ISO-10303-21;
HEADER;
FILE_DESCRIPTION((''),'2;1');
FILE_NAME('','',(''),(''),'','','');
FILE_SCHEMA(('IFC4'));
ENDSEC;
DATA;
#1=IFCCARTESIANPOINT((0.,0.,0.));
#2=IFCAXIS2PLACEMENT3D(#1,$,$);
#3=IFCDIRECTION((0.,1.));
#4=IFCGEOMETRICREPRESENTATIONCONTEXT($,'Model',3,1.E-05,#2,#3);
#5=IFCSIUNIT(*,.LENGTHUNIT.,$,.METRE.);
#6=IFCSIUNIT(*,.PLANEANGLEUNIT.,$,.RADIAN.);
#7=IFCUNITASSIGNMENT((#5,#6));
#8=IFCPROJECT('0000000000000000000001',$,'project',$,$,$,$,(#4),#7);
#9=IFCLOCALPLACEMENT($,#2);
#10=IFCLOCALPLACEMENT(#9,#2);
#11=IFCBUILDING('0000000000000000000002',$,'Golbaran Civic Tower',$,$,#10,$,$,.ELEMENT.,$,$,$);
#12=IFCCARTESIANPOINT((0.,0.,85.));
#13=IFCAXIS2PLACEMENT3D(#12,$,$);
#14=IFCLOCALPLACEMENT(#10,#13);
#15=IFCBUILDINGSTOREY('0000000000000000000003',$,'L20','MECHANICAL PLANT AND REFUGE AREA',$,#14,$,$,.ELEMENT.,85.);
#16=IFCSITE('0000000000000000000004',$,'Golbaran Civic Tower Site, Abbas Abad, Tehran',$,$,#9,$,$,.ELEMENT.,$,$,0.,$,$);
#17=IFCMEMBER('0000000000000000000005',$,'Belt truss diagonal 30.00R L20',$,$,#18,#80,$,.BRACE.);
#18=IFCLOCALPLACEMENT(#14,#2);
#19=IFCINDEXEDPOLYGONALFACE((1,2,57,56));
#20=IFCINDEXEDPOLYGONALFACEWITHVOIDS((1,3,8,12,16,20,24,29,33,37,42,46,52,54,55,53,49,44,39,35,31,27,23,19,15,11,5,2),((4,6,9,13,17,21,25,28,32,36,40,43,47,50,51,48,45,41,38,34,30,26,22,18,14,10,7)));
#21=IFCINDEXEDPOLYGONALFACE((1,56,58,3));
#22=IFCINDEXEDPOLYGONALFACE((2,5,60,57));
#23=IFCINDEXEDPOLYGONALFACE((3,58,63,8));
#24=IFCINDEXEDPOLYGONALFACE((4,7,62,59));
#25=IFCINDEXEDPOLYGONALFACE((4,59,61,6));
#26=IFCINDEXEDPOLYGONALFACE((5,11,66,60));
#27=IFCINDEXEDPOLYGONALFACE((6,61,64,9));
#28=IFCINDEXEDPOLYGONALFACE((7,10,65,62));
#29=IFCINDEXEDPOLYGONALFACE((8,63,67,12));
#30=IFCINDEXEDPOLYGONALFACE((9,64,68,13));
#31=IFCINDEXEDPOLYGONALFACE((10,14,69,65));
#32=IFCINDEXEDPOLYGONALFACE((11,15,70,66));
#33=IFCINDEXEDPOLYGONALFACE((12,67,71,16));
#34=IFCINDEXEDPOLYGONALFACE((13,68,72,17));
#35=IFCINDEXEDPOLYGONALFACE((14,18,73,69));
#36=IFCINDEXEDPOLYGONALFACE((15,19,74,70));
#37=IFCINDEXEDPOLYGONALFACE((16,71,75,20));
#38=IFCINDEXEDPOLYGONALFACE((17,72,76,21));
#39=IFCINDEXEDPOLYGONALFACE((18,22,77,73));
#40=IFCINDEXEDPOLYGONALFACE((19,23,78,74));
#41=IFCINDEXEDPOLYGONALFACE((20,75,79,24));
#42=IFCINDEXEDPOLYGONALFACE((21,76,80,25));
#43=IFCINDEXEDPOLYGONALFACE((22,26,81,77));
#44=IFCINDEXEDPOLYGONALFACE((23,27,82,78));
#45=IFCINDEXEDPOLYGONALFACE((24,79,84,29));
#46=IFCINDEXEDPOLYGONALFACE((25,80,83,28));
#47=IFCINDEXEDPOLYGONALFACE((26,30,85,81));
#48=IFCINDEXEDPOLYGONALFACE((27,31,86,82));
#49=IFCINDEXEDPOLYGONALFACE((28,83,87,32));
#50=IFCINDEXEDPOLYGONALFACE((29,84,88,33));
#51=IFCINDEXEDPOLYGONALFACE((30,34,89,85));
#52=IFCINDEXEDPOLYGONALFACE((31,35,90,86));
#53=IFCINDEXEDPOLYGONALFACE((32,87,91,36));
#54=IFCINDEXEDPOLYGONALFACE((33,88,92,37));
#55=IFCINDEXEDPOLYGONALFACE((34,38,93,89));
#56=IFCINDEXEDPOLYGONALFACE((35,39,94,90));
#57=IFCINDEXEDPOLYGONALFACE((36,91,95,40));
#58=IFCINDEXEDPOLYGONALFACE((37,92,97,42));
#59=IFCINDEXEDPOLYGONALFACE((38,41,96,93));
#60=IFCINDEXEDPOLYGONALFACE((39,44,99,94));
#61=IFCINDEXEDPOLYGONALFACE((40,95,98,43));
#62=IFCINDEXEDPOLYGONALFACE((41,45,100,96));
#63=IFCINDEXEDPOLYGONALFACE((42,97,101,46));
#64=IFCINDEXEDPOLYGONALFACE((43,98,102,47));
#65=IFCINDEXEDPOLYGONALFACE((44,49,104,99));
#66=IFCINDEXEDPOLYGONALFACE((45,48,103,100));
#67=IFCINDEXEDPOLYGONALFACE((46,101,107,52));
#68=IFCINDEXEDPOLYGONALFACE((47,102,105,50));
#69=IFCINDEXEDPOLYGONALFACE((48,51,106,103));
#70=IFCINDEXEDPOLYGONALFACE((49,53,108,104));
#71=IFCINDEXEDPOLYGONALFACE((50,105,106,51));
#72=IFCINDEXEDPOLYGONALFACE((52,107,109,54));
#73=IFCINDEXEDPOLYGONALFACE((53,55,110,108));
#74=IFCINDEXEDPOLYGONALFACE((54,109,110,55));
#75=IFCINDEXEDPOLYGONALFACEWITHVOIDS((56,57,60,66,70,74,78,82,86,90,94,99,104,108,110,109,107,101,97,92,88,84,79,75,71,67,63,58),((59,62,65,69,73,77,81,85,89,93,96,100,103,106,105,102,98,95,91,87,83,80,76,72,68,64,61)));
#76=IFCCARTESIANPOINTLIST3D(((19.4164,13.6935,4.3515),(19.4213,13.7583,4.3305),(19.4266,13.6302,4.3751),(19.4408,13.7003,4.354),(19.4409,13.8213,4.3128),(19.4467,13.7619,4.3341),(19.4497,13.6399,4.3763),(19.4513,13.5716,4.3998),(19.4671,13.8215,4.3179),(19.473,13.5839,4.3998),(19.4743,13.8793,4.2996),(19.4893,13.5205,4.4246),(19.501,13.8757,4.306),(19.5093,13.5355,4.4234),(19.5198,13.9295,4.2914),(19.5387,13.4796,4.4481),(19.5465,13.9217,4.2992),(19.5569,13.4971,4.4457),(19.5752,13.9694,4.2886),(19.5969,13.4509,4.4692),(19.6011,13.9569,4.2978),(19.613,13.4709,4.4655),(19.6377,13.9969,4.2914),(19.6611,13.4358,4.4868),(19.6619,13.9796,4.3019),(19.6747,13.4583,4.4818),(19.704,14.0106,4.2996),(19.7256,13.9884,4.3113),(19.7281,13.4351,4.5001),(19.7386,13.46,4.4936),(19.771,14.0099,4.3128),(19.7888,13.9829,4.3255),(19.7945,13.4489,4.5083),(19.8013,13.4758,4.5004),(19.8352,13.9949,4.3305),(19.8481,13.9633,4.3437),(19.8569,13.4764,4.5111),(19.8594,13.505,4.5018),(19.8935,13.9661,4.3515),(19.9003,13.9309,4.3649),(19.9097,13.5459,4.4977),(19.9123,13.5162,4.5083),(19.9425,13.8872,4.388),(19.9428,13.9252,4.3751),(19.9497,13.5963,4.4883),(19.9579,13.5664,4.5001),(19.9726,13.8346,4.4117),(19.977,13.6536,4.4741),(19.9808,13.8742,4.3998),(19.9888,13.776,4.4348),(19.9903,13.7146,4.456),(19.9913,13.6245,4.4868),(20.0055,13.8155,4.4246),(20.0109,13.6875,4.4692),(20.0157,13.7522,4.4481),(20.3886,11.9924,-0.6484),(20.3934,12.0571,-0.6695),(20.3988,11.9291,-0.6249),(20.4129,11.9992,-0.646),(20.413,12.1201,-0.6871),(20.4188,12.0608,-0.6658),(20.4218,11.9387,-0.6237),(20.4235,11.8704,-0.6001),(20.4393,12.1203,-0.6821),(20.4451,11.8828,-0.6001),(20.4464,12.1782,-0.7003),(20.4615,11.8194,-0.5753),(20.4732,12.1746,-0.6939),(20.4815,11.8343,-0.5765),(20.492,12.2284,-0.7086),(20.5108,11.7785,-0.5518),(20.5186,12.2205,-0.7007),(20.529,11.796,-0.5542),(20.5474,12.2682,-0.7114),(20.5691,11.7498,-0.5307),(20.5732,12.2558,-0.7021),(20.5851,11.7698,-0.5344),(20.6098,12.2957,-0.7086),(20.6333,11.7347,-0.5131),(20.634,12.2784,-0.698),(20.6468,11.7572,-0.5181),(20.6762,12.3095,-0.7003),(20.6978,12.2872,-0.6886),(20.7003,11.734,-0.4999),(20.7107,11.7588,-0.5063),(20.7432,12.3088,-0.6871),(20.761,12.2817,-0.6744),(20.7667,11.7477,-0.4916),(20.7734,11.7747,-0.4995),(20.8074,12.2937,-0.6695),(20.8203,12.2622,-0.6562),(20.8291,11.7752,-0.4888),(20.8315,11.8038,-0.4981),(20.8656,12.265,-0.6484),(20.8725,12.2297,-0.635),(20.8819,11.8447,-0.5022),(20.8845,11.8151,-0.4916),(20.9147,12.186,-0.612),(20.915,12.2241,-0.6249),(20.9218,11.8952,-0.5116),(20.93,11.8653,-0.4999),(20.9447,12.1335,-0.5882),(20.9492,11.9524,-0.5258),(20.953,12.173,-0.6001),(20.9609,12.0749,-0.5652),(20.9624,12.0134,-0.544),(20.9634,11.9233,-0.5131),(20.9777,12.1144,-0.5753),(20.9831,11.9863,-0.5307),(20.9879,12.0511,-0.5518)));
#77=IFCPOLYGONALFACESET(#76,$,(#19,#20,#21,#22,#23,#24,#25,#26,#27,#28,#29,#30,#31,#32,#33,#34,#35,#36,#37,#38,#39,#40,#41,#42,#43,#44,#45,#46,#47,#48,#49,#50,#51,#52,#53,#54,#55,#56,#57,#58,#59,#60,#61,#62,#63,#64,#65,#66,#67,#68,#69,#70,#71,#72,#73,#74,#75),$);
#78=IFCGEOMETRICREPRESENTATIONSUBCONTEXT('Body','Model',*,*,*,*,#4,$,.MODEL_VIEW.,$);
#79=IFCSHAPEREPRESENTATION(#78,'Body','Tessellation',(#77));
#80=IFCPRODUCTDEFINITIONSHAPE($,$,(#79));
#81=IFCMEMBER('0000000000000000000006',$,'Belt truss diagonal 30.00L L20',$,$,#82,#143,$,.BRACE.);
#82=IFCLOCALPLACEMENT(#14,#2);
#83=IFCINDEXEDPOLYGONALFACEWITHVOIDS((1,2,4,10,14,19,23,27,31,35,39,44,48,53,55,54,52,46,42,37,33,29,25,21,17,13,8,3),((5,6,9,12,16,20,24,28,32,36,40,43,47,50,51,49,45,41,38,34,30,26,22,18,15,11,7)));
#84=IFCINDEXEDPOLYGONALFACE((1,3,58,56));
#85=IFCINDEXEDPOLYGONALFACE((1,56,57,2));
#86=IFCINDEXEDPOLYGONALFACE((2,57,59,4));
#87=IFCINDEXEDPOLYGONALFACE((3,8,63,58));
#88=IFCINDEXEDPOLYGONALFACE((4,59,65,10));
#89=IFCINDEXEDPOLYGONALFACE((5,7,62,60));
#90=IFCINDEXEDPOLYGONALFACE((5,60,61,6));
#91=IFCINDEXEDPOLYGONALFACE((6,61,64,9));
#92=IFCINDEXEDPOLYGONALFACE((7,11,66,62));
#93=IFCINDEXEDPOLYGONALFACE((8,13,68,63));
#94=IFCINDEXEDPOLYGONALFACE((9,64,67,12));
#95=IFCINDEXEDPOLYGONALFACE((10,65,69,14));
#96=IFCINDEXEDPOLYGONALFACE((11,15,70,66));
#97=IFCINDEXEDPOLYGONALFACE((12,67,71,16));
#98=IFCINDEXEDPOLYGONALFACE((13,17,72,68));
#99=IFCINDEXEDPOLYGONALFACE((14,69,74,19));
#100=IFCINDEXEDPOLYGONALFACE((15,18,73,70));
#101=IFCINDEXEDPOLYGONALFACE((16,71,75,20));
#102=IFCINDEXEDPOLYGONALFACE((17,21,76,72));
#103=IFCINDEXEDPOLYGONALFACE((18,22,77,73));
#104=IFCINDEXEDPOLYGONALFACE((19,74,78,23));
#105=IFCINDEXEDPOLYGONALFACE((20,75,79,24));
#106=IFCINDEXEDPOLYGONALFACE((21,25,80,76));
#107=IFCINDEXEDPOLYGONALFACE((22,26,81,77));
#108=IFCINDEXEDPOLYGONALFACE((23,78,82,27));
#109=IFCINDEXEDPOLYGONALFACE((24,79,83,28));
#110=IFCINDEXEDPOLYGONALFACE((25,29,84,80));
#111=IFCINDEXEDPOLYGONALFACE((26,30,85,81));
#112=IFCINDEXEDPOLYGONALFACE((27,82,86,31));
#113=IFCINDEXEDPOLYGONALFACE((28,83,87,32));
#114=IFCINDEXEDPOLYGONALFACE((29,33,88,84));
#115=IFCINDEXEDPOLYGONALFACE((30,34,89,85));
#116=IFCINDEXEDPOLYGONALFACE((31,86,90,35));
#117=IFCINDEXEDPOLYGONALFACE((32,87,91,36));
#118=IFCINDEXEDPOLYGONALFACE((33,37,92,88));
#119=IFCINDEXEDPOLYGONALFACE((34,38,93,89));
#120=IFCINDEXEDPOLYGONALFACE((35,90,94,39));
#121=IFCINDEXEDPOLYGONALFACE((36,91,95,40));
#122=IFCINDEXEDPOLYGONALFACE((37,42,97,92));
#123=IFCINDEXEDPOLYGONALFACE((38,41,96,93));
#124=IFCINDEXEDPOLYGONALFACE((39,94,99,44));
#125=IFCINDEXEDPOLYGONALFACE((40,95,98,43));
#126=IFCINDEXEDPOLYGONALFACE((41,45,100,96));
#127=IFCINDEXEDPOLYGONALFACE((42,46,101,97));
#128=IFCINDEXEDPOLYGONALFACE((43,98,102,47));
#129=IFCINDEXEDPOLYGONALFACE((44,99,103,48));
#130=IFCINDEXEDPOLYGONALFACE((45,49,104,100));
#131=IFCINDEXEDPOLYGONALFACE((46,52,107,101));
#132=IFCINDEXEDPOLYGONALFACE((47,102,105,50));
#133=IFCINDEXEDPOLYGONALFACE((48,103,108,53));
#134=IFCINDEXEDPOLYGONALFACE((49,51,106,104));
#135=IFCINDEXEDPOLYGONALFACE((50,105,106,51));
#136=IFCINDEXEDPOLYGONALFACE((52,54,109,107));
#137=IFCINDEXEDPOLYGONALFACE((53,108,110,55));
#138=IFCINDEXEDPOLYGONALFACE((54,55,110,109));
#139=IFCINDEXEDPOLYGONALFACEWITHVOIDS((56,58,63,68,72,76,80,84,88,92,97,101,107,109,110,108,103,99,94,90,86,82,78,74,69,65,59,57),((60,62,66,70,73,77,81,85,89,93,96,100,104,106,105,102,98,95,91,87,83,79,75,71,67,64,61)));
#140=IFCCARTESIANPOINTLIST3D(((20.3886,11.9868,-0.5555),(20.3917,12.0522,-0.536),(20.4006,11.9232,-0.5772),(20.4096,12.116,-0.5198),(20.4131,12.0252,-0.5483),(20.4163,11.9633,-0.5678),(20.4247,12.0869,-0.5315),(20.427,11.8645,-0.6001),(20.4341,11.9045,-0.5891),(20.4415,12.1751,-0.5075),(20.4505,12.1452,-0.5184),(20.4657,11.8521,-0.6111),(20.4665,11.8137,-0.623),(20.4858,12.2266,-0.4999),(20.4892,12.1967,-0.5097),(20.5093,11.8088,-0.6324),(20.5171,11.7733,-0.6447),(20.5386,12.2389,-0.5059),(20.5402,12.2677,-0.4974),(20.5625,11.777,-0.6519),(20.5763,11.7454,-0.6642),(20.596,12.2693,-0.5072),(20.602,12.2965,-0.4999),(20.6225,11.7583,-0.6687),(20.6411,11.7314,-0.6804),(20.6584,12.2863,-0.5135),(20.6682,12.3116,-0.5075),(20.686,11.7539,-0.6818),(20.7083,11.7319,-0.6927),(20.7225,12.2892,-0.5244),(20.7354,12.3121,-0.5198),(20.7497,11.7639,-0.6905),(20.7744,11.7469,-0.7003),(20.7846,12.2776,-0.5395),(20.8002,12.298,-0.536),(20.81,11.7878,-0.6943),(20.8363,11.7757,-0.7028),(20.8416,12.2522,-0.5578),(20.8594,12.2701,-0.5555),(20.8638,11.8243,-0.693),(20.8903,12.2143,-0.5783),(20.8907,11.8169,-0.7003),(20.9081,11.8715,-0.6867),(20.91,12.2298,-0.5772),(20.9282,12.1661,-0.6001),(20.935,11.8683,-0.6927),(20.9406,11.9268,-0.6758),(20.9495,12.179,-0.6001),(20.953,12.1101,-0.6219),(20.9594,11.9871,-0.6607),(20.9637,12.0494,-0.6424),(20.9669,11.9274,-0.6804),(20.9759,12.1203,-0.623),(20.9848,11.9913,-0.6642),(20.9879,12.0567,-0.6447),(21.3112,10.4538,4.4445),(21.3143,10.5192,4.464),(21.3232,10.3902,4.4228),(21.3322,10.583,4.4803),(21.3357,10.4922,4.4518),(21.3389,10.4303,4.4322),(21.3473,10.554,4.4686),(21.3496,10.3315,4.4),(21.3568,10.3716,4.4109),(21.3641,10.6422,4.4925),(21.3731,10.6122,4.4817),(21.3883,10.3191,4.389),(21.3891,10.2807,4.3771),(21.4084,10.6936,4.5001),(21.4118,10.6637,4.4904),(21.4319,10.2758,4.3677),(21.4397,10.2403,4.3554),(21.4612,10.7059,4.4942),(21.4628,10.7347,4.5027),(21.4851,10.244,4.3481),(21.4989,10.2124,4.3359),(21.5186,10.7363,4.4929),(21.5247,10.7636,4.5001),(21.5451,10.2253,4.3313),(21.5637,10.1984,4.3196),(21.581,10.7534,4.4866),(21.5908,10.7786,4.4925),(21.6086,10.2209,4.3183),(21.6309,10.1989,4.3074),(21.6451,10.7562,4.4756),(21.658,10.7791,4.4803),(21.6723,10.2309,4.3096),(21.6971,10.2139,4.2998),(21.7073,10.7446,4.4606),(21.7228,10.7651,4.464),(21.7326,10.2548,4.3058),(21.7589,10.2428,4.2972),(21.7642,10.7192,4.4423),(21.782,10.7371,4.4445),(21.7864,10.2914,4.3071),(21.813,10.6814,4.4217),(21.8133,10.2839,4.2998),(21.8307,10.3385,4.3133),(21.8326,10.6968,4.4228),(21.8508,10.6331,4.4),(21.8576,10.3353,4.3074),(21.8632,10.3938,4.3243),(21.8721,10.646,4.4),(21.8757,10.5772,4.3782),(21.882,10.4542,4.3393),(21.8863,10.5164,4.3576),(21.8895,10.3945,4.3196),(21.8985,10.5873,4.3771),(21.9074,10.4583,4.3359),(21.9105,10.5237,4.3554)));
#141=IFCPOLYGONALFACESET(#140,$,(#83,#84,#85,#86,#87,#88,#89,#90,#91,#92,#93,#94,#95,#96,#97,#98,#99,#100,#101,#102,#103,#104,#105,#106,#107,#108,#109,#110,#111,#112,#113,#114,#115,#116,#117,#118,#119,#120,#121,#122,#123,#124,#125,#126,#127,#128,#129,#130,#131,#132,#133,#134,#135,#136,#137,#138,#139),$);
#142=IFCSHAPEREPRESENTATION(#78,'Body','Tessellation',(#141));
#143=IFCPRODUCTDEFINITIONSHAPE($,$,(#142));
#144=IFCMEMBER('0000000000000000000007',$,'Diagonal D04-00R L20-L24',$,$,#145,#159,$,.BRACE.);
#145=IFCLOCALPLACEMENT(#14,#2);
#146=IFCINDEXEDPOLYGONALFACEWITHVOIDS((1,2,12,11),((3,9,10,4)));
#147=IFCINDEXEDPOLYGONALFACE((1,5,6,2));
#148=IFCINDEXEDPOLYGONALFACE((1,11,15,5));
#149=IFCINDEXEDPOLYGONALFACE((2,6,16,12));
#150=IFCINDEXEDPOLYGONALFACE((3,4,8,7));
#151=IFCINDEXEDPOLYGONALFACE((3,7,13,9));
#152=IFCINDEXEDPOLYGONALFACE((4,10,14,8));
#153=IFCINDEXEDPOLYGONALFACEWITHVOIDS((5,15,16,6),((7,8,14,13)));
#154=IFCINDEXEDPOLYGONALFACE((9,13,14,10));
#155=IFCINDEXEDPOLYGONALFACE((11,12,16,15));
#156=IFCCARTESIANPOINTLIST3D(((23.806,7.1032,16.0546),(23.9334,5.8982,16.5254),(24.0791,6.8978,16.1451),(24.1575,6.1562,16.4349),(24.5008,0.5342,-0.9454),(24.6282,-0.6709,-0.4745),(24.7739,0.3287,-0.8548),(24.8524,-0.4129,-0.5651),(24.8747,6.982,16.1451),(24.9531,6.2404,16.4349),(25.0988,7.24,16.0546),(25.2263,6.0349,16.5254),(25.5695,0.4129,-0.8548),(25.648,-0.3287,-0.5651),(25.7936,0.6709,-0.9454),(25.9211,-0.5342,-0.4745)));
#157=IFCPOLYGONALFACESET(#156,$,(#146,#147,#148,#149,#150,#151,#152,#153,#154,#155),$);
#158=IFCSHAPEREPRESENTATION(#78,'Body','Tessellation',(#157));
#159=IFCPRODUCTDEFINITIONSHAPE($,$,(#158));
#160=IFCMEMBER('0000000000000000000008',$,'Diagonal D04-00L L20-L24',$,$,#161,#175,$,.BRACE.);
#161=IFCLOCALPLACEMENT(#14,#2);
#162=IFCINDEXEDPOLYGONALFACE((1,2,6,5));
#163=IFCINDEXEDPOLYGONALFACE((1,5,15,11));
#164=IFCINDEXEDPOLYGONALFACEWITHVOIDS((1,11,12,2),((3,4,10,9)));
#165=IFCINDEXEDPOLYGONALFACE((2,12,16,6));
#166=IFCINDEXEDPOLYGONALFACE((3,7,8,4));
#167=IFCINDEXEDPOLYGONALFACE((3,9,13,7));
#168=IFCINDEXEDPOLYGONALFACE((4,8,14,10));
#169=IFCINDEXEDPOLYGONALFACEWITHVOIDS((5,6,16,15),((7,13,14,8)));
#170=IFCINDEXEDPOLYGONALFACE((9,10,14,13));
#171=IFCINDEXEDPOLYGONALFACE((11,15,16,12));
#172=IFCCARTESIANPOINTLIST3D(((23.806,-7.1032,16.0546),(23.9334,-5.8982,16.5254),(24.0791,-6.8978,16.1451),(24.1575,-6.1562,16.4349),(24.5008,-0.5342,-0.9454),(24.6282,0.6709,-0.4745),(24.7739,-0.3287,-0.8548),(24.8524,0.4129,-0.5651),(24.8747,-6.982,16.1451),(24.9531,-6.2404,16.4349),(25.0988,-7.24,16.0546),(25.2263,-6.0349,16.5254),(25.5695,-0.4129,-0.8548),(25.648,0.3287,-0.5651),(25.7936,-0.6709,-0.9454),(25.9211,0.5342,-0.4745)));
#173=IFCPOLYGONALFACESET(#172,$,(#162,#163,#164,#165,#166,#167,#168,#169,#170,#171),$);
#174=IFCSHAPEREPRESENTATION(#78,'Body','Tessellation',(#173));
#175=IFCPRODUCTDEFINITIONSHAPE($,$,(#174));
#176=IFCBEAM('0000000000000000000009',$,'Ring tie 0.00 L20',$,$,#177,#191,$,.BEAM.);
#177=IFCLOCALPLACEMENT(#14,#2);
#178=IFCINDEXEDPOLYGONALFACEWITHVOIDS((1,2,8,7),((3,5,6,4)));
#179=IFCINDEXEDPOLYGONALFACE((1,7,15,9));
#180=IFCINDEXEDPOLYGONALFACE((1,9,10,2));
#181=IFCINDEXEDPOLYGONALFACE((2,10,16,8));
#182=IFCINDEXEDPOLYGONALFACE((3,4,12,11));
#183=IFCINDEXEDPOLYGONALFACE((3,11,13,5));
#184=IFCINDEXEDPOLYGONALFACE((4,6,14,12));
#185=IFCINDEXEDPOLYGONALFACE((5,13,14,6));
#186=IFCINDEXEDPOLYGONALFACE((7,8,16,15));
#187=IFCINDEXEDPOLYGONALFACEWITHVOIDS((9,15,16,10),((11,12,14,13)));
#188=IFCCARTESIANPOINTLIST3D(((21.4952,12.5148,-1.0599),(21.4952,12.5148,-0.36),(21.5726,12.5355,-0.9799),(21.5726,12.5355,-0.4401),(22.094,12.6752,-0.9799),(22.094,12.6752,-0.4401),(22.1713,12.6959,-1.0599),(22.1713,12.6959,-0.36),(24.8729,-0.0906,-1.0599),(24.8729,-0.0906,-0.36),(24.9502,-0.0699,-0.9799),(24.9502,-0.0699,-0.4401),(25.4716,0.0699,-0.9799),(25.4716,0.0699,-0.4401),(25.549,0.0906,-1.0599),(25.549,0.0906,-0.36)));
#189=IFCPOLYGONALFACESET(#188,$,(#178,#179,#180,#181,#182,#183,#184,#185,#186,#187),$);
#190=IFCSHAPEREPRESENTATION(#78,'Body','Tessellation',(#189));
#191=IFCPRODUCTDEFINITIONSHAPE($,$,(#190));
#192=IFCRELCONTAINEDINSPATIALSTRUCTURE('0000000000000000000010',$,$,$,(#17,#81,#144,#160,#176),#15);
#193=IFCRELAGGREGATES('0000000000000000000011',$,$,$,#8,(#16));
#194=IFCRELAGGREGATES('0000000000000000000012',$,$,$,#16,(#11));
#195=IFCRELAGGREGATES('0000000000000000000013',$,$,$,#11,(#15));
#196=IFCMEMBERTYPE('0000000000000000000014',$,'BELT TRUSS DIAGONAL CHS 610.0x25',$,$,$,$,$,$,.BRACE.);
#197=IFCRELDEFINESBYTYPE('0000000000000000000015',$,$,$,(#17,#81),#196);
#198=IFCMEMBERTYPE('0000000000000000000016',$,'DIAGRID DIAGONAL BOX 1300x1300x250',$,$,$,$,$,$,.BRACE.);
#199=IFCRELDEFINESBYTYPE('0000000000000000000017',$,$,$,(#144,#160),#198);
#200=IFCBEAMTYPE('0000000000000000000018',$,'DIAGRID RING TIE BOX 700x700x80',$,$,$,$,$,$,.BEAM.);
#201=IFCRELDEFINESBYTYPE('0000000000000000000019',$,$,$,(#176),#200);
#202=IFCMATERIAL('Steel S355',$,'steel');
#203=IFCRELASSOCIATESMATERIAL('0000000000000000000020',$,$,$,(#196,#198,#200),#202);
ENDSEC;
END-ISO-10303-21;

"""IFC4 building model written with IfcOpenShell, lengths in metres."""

from ifc_helpers import new_model, si_unit, direction, frame, origin, origin_2d, place, context, subcontext, project, spatial, hollow_rectangle, hollow_circle, extrude, material, material_profile, profile_set, type_object, element, save


model = new_model("IFC4")

# Units and contexts
model_context = context("Model", 3, precision=1e-05, world=origin(), true_north=direction((0.0, 1.0)))
body_context = subcontext(model_context, "Body", "Model", "MODEL_VIEW")
ifc_project = project(units=[si_unit("LENGTHUNIT", "METRE"), si_unit("PLANEANGLEUNIT", "RADIAN")], contexts=[model_context])

# Site, building, storey
site_placement = place(None, origin())
site = spatial("IfcSite", under=ifc_project, at=site_placement, Name="Golbaran Civic Tower Site, Abbas Abad, Tehran", CompositionType="ELEMENT", RefElevation=0.0)
building_placement = place(site_placement, origin())
building = spatial("IfcBuilding", under=site, at=building_placement, Name="Golbaran Civic Tower", CompositionType="ELEMENT")
storey_placement = place(building_placement, frame((0.0, 0.0, 85.0)))
storey = spatial("IfcBuildingStorey", under=building, at=storey_placement, Name="L20", Description="MECHANICAL PLANT AND REFUGE AREA", CompositionType="ELEMENT", Elevation=85.0)

# Members
ifc_material_1 = material(Name="Steel S355", Category="steel")
ifc_material_profile_1 = material_profile(ifc_material_1, hollow_circle(Radius=0.3049, WallThickness=0.0249, at=origin_2d()), Name="CHS 610.0x25")
ifc_profile_set_1 = profile_set([ifc_material_profile_1], Name="Steel S355")
member_type_1 = type_object("IfcMemberType", Name="BELT TRUSS DIAGONAL CHS 610.0x25", PredefinedType="BRACE", material=ifc_profile_set_1)
member_1_placement = place(storey_placement, frame((20.6882, 12.0217, -0.6001), z_axis=(-0.18103, 0.31678, 0.931063), x_axis=(-0.868228, -0.496166, 0.0)))
element("IfcMember", 1, at=member_1_placement, inside=storey, type_object=member_type_1, Name="Belt truss diagonal 30.00R L20", PredefinedType="BRACE", context=body_context, shape_type="SweptSolid", body=[
    extrude(hollow_circle(Radius=0.3049, WallThickness=0.0249, at=origin_2d()), origin(), (0.0, 0.0, 1.0), 5.3701),
])
member_2_placement = place(storey_placement, frame((20.6882, 12.0217, -0.6001), z_axis=(0.173733, -0.288667, 0.941535), x_axis=(0.856794, 0.515659, 0.0)))
element("IfcMember", 2, at=member_2_placement, inside=storey, type_object=member_type_1, Name="Belt truss diagonal 30.00L L20", PredefinedType="BRACE", context=body_context, shape_type="SweptSolid", body=[
    extrude(hollow_circle(Radius=0.3049, WallThickness=0.0249, at=origin_2d()), origin(), (0.0, 0.0, 1.0), 5.3105),
])
ifc_material_profile_2 = material_profile(ifc_material_1, hollow_rectangle(XDim=1.3, YDim=1.3, WallThickness=0.25, at=origin_2d()), Name="BOX 1300x1300x250")
ifc_profile_set_2 = profile_set([ifc_material_profile_2], Name="Steel S355")
member_type_2 = type_object("IfcMemberType", Name="DIAGRID DIAGONAL BOX 1300x1300x250", PredefinedType="BRACE", material=ifc_profile_set_2)
for number, where, z_axis, x_axis, name in (
    (3, (25.2109, 0.0, -0.71), (-0.038097, 0.360181, 0.932104), (-0.994453, -0.105185, 0.0), "Diagonal D04-00R L20-L24"),
    (4, (25.2109, 0.0, -0.71), (-0.038097, -0.360181, 0.932104), (0.994453, -0.105185, 0.0), "Diagonal D04-00L L20-L24"),
):
    element("IfcMember", number, at=place(storey_placement, frame(where, z_axis=z_axis, x_axis=x_axis)), inside=storey, type_object=member_type_2, Name=name, PredefinedType="BRACE", context=body_context, shape_type="SweptSolid", body=[
        extrude(hollow_rectangle(XDim=1.3, YDim=1.3, WallThickness=0.25, at=origin_2d()), origin(), (0.0, 0.0, 1.0), 18.2383),
    ])

# Beam
ifc_material_profile_3 = material_profile(ifc_material_1, hollow_rectangle(XDim=0.7, YDim=0.7, WallThickness=0.0801, at=origin_2d()), Name="BOX 700x700x80")
ifc_profile_set_3 = profile_set([ifc_material_profile_3], Name="Steel S355")
beam_type_1 = type_object("IfcBeamType", Name="DIAGRID RING TIE BOX 700x700x80", PredefinedType="BEAM", material=ifc_profile_set_3)
beam_1_placement = place(storey_placement, frame((25.2109, 0.0, -0.71), z_axis=(-0.258823, 0.965925, 0.0), x_axis=(-0.965925, -0.258823, 0.0)))
element("IfcBeam", 5, at=beam_1_placement, inside=storey, type_object=beam_type_1, Name="Ring tie 0.00 L20", PredefinedType="BEAM", context=body_context, shape_type="SweptSolid", body=[
    extrude(hollow_rectangle(XDim=0.7, YDim=0.7, WallThickness=0.0801, at=origin_2d()), origin(), (0.0, 0.0, 1.0), 13.05),
])

save(model, "model.ifc")
